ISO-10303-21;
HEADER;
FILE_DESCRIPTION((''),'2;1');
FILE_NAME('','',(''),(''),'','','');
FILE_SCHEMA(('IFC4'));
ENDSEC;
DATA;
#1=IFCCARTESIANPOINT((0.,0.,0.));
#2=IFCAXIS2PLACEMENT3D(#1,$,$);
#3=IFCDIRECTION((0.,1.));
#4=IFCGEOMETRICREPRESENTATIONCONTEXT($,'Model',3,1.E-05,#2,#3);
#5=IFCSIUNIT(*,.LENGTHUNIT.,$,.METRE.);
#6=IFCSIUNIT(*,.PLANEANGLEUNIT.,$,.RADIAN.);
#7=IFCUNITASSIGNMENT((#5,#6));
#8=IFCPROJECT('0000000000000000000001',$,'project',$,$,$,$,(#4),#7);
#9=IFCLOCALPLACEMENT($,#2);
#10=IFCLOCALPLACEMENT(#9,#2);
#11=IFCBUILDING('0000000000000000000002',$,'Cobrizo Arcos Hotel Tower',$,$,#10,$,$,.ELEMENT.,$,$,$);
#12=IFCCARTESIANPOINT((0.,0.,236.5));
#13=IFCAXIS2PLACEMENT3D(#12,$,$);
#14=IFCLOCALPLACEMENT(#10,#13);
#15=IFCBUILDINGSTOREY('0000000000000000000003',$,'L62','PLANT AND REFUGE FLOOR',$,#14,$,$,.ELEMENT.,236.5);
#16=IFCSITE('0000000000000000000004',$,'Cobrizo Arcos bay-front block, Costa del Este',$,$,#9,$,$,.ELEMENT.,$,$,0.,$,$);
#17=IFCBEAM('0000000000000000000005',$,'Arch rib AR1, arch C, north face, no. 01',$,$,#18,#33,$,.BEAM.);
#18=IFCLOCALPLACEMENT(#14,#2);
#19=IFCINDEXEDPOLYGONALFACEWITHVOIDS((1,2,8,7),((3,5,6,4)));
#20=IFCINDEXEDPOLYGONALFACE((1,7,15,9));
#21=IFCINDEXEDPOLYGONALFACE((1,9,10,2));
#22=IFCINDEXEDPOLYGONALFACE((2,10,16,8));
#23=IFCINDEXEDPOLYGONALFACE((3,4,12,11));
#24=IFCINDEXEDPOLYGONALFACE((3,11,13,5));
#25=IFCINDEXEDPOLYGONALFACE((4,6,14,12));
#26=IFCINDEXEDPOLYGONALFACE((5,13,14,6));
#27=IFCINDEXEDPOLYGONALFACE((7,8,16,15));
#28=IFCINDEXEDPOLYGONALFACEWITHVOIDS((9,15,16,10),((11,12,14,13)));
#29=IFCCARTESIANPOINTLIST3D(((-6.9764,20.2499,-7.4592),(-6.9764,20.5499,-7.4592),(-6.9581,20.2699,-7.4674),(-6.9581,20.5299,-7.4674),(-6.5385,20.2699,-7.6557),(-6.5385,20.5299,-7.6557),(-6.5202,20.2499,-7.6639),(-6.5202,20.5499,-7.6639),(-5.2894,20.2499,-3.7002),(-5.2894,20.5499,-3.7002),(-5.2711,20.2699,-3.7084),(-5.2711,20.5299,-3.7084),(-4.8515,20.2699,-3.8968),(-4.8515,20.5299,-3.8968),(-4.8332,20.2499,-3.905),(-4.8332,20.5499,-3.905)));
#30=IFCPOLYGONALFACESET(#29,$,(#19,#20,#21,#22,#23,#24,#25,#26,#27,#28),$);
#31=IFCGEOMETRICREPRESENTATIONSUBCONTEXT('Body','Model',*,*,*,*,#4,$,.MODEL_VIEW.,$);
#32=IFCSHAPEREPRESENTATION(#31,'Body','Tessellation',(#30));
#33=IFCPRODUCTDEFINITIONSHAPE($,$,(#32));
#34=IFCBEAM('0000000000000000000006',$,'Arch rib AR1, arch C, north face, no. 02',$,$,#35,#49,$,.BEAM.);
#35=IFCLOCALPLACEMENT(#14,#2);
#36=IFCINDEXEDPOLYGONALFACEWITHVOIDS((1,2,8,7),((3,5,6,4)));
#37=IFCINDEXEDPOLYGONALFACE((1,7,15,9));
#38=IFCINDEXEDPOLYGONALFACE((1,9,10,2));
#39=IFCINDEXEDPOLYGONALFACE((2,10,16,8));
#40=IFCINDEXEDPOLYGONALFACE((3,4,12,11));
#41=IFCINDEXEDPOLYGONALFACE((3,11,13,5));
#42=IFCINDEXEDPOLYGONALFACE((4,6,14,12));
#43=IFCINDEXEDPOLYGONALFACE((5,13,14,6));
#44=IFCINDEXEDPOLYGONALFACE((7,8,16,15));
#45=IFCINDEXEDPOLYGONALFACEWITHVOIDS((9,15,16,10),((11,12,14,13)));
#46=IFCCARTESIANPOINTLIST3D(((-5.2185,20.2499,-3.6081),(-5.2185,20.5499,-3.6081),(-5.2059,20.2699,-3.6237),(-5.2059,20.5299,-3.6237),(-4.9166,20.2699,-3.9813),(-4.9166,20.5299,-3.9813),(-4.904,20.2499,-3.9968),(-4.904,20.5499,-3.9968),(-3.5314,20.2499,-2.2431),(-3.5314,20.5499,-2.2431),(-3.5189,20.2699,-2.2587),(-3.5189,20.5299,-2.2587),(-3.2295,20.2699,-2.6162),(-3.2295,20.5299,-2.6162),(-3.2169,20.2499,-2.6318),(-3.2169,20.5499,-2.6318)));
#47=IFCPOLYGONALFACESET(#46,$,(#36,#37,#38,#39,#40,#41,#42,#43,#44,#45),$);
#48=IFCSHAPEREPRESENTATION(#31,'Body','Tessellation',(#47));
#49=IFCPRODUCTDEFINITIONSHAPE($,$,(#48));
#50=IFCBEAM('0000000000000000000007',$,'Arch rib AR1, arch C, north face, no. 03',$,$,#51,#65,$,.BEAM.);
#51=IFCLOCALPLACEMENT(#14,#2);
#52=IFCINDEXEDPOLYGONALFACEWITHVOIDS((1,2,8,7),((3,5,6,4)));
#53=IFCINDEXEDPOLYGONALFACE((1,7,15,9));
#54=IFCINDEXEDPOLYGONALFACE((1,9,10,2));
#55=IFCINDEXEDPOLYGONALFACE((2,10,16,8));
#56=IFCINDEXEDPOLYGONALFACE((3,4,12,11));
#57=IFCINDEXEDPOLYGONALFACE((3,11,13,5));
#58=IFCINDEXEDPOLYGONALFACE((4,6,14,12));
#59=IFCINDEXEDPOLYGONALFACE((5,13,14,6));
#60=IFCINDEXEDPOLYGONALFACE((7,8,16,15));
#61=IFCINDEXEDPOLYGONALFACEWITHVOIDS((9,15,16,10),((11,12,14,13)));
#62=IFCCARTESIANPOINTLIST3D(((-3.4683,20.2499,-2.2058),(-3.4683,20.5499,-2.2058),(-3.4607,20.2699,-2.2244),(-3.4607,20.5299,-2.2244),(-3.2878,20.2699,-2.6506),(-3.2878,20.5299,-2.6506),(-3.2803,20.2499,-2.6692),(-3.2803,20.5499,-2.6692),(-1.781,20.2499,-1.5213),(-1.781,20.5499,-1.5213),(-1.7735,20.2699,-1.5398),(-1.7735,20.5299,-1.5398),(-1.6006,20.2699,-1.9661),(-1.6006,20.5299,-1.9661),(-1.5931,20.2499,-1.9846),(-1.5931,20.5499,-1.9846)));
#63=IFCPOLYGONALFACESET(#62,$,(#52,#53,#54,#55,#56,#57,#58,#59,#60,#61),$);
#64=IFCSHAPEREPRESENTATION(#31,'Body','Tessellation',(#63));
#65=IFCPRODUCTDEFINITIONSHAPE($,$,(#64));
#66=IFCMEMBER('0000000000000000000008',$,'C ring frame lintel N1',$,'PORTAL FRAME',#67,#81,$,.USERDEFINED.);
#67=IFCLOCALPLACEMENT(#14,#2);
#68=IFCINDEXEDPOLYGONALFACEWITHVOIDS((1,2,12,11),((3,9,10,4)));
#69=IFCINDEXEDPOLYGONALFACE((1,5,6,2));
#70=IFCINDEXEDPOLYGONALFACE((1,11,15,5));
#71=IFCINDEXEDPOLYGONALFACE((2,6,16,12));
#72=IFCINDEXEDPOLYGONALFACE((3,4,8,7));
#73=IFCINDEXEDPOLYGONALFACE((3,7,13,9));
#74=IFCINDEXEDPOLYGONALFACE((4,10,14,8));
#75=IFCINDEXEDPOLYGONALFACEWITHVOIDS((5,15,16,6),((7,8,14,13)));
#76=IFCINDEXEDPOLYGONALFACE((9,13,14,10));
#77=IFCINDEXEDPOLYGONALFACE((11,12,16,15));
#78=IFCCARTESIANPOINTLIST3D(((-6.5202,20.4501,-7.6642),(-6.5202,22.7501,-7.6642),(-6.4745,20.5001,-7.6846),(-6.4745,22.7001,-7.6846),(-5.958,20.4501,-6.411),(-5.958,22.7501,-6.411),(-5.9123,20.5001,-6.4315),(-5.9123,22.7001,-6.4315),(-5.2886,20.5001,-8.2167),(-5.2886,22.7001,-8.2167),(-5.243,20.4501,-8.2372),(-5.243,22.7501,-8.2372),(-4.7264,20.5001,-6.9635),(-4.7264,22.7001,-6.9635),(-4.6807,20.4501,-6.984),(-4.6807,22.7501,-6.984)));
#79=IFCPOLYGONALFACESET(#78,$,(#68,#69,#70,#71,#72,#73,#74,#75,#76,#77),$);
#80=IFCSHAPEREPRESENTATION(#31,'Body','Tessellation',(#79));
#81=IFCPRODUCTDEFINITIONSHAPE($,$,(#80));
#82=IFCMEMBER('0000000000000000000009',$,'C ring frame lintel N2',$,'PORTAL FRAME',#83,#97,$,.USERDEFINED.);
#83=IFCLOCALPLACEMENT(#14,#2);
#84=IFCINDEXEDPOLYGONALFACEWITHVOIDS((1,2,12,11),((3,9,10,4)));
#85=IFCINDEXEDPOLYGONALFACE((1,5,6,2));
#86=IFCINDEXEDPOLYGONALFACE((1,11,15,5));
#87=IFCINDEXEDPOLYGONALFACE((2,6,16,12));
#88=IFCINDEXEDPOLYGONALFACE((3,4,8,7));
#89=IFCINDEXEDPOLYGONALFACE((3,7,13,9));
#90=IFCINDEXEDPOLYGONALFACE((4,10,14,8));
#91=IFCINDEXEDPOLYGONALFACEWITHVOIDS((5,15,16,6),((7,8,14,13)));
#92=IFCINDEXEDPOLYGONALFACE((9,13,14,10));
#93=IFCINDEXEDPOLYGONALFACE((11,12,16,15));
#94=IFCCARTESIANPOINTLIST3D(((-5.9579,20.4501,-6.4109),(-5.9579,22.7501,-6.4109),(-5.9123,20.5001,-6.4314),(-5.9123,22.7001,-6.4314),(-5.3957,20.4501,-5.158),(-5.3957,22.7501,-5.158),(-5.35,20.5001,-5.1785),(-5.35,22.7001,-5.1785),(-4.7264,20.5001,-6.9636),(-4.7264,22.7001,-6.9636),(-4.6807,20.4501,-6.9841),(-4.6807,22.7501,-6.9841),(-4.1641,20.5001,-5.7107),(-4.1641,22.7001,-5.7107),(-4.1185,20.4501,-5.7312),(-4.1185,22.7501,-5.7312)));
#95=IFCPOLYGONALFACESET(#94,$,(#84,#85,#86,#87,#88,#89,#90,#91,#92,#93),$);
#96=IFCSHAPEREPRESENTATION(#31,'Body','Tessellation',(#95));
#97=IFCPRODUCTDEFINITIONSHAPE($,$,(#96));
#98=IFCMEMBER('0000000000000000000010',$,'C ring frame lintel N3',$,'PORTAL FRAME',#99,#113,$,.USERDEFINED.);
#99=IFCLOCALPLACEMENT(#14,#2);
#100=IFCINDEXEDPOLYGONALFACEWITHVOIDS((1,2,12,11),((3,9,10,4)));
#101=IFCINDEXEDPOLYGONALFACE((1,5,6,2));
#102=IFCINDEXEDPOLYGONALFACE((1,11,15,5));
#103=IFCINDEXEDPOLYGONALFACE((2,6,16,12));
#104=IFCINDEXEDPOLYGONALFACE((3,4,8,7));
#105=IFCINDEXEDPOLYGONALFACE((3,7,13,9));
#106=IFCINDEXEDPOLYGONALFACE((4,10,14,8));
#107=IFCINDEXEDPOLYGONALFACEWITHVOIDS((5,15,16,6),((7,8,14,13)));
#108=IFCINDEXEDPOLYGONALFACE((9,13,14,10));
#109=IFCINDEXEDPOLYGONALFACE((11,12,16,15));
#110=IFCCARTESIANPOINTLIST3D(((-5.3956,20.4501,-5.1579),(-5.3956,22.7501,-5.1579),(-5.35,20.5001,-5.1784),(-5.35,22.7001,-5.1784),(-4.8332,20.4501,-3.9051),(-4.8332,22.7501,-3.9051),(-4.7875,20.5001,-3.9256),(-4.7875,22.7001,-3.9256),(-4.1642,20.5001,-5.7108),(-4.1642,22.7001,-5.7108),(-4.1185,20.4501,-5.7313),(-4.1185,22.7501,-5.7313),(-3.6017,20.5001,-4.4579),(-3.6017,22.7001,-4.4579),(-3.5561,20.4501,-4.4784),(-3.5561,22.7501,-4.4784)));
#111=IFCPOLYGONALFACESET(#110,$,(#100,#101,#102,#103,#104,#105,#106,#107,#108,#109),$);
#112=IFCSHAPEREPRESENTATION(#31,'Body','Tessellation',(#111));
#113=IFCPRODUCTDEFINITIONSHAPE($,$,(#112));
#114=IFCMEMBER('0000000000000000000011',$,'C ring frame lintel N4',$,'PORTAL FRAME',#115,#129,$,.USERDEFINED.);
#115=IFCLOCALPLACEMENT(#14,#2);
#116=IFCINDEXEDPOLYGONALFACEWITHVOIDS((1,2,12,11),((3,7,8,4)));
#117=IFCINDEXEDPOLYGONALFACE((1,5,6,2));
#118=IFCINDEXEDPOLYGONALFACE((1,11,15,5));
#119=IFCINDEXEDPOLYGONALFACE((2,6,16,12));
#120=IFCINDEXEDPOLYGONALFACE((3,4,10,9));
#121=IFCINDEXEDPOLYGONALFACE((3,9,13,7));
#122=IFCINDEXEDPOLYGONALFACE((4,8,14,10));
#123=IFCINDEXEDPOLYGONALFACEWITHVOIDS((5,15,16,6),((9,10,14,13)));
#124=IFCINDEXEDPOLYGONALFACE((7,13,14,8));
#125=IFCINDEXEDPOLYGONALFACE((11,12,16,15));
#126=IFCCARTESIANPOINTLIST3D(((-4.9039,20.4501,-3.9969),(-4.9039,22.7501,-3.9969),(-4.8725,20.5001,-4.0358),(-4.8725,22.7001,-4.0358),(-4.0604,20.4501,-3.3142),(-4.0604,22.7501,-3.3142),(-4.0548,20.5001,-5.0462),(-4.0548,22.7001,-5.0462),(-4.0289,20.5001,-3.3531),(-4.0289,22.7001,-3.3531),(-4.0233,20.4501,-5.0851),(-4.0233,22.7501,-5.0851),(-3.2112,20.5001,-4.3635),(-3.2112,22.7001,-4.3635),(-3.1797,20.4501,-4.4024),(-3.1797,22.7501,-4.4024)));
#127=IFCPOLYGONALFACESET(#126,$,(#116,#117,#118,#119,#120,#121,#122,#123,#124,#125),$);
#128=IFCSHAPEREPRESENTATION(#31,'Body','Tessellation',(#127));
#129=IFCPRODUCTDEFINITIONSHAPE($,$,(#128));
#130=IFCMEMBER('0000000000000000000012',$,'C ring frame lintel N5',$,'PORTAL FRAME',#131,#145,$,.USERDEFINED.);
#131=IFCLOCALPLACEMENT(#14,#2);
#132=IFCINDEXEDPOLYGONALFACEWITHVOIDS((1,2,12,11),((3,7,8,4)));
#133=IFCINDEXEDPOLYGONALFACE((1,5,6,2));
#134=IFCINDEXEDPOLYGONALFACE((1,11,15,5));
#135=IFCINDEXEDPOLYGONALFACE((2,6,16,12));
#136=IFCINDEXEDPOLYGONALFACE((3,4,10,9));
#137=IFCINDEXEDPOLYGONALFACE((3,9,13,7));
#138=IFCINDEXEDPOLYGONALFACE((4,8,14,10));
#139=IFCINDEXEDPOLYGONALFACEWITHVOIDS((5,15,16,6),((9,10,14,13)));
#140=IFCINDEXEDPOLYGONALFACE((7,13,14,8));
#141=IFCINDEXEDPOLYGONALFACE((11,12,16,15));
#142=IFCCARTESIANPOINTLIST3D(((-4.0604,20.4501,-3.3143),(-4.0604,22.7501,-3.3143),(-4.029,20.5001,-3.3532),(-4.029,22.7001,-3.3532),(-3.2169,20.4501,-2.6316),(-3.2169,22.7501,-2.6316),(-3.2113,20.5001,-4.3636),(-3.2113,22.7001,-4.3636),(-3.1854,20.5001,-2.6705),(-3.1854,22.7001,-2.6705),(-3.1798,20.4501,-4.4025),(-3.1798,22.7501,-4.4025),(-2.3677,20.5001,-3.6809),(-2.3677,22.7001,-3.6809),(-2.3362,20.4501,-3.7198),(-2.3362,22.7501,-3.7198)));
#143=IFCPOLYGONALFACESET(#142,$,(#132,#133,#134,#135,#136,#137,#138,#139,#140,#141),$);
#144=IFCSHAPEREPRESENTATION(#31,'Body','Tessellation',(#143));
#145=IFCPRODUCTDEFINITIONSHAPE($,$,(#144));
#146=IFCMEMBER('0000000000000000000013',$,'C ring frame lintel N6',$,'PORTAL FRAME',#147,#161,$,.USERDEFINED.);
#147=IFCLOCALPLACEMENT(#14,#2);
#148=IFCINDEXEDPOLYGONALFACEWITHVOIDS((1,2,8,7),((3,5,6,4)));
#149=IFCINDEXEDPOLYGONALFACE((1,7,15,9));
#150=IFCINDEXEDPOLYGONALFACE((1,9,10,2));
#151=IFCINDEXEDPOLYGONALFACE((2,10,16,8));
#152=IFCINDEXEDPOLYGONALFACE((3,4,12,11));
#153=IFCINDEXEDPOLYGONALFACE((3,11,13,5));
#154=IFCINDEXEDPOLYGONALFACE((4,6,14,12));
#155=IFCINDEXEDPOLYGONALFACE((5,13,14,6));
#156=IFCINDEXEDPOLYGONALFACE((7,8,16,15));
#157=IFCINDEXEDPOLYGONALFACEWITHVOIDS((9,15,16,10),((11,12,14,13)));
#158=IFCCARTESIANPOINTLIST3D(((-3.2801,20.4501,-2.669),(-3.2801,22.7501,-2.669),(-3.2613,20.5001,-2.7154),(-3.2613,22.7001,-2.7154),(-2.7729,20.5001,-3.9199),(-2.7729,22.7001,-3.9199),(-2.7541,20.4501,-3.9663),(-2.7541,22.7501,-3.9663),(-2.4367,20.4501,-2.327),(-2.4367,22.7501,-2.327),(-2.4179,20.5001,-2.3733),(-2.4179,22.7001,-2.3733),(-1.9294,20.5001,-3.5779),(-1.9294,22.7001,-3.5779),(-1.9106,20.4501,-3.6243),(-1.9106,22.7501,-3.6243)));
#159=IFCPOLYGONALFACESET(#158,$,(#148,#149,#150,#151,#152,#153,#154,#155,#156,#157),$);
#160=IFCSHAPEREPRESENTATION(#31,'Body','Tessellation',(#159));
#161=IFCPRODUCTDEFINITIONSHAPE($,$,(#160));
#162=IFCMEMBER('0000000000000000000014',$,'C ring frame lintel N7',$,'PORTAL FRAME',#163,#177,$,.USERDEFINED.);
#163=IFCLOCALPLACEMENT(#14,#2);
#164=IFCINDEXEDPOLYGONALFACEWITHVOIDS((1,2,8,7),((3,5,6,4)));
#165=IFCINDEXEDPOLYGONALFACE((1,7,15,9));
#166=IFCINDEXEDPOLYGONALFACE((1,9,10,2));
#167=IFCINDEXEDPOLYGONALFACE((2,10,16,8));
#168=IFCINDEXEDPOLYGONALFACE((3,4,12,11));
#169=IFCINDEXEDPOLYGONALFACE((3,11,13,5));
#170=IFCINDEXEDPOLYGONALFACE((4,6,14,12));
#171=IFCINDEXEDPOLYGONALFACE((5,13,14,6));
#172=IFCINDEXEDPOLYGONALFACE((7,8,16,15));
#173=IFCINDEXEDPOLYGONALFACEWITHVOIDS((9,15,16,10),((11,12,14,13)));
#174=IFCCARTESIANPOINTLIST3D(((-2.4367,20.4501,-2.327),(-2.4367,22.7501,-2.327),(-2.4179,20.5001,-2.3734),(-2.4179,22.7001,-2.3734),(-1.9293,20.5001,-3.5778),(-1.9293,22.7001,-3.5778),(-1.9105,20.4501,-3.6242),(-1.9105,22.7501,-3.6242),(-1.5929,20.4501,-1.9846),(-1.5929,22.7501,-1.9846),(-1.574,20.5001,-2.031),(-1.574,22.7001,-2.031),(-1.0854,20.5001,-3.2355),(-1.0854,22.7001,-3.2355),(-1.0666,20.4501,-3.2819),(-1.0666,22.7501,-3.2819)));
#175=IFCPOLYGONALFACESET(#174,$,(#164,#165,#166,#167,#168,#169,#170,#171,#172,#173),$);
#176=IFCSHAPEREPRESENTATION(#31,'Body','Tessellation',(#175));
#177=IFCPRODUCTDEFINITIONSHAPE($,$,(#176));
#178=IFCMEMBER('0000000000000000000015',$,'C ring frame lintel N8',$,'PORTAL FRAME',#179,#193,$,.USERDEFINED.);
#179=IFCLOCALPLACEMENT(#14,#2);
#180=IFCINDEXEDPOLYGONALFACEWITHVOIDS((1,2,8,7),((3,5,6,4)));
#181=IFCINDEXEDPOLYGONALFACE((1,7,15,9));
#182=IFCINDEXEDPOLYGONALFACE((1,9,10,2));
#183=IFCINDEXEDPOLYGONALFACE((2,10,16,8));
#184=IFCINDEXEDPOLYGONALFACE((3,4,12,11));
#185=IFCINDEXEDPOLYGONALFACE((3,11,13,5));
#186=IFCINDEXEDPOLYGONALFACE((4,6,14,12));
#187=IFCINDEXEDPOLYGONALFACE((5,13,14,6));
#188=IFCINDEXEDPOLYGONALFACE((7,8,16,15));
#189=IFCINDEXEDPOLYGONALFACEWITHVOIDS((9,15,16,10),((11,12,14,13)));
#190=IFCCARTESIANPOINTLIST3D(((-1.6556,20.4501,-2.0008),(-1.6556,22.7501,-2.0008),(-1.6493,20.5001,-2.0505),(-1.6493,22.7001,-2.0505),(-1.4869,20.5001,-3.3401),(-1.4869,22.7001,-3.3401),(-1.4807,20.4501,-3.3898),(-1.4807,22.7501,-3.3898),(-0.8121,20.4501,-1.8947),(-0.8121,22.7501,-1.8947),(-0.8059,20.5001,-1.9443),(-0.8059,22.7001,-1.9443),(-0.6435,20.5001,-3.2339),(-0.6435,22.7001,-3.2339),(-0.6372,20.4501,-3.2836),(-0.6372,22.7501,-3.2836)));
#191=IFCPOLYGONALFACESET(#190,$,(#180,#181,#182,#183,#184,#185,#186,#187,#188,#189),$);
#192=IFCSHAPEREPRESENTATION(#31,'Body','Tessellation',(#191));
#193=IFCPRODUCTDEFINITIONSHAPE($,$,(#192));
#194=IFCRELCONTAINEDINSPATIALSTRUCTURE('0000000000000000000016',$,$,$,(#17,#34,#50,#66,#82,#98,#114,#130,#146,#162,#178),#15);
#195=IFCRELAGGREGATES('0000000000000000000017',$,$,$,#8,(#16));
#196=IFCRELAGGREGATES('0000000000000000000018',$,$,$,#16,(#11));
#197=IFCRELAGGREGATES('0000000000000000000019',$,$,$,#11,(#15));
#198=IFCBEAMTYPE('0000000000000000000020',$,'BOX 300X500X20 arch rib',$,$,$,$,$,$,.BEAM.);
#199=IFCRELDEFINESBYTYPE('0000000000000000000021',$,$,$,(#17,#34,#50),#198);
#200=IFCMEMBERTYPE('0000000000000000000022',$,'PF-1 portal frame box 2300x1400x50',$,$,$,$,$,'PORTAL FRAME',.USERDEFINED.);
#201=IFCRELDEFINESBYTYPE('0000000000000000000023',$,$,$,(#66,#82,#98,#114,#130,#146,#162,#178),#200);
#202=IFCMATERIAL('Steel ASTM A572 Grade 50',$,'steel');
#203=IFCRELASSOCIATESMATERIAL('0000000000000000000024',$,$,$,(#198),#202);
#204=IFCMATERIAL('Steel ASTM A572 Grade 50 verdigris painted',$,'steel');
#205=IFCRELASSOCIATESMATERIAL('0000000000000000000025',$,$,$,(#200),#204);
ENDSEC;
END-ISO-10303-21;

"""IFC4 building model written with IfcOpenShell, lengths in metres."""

from ifc_helpers import new_model, si_unit, direction, frame, origin, origin_2d, place, context, subcontext, project, spatial, hollow_rectangle, extrude, material, material_profile, profile_set, type_object, element, save


model = new_model("IFC4")

# Units and contexts
model_context = context("Model", 3, precision=1e-05, world=origin(), true_north=direction((0.0, 1.0)))
body_context = subcontext(model_context, "Body", "Model", "MODEL_VIEW")
ifc_project = project(units=[si_unit("LENGTHUNIT", "METRE"), si_unit("PLANEANGLEUNIT", "RADIAN")], contexts=[model_context])

# Site, building, storey
site_placement = place(None, origin())
site = spatial("IfcSite", under=ifc_project, at=site_placement, Name="Cobrizo Arcos bay-front block, Costa del Este", CompositionType="ELEMENT", RefElevation=0.0)
building_placement = place(site_placement, origin())
building = spatial("IfcBuilding", under=site, at=building_placement, Name="Cobrizo Arcos Hotel Tower", CompositionType="ELEMENT")
storey_placement = place(building_placement, frame((0.0, 0.0, 236.5)))
storey = spatial("IfcBuildingStorey", under=building, at=storey_placement, Name="L62", Description="PLANT AND REFUGE FLOOR", CompositionType="ELEMENT", Elevation=236.5)

# Beams
ifc_material_1 = material(Name="Steel ASTM A572 Grade 50", Category="steel")
ifc_material_profile_1 = material_profile(ifc_material_1, hollow_rectangle(XDim=0.3, YDim=0.5, WallThickness=0.02, at=origin_2d()), Name="BOX 300X500X20")
ifc_profile_set_1 = profile_set([ifc_material_profile_1], Name="Steel ASTM A572 Grade 50")
beam_type = type_object("IfcBeamType", Name="BOX 300X500X20 arch rib", PredefinedType="BEAM", material=ifc_profile_set_1)
beam_1_placement = place(storey_placement, frame((-6.7483, 20.3999, -7.5615), z_axis=(0.409445, 0.0, 0.912335), x_axis=(0.0, 1.0, 0.0)))
element("IfcBeam", 1, at=beam_1_placement, inside=storey, type_object=beam_type, Name="Arch rib AR1, arch C, north face, no. 01", PredefinedType="BEAM", context=body_context, shape_type="SweptSolid", body=[
    extrude(hollow_rectangle(XDim=0.3, YDim=0.5, WallThickness=0.02, at=origin_2d()), origin(), (0.0, 0.0, 1.0), 4.1201),
])
beam_2_placement = place(storey_placement, frame((-5.0613, 20.3999, -3.8025), z_axis=(0.777399, 0.0, 0.629007), x_axis=(0.0, 1.0, 0.0)))
element("IfcBeam", 2, at=beam_2_placement, inside=storey, type_object=beam_type, Name="Arch rib AR1, arch C, north face, no. 02", PredefinedType="BEAM", context=body_context, shape_type="SweptSolid", body=[
    extrude(hollow_rectangle(XDim=0.3, YDim=0.5, WallThickness=0.02, at=origin_2d()), origin(), (0.0, 0.0, 1.0), 2.1702),
])
beam_3_placement = place(storey_placement, frame((-3.3743, 20.3999, -2.4375), z_axis=(0.926635, 0.0, 0.375963), x_axis=(0.0, 1.0, 0.0)))
element("IfcBeam", 3, at=beam_3_placement, inside=storey, type_object=beam_type, Name="Arch rib AR1, arch C, north face, no. 03", PredefinedType="BEAM", context=body_context, shape_type="SweptSolid", body=[
    extrude(hollow_rectangle(XDim=0.3, YDim=0.5, WallThickness=0.02, at=origin_2d()), origin(), (0.0, 0.0, 1.0), 1.8208),
])

# Members
ifc_material_2 = material(Name="Steel ASTM A572 Grade 50 verdigris painted", Category="steel")
ifc_material_profile_2 = material_profile(ifc_material_2, hollow_rectangle(XDim=2.3, YDim=1.3999, WallThickness=0.05, at=origin_2d()), Name="PF-1 portal frame box 2300x1400x50")
ifc_profile_set_2 = profile_set([ifc_material_profile_2], Name="Steel ASTM A572 Grade 50 verdigris painted")
member_type_1 = type_object("IfcMemberType", Name="PF-1 portal frame box 2300x1400x50", ElementType="PORTAL FRAME", PredefinedType="USERDEFINED", material=ifc_profile_set_2)
member_1_placement = place(storey_placement, frame((-5.8816, 21.6001, -7.9507), z_axis=(0.409352, 0.0, 0.912377), x_axis=(0.0, 1.0, 0.0)))
element("IfcMember", 4, at=member_1_placement, inside=storey, type_object=member_type_1, Name="C ring frame lintel N1", ObjectType="PORTAL FRAME", PredefinedType="USERDEFINED", context=body_context, shape_type="SweptSolid", body=[
    extrude(hollow_rectangle(XDim=2.3, YDim=1.3999, WallThickness=0.05, at=origin_2d()), origin(), (0.0, 0.0, 1.0), 1.3735),
])
for number, where, z_axis, x_axis, name in (
    (5, (-5.3193, 21.6001, -6.6975), (0.409418, 0.0, 0.912347), (0.0, 1.0, 0.0), "C ring frame lintel N2"),
    (6, (-4.7571, 21.6001, -5.4446), (0.409566, 0.0, 0.91228), (0.0, 1.0, 0.0), "C ring frame lintel N3"),
):
    element("IfcMember", number, at=place(storey_placement, frame(where, z_axis=z_axis, x_axis=x_axis)), inside=storey, type_object=member_type_1, Name=name, ObjectType="PORTAL FRAME", PredefinedType="USERDEFINED", context=body_context, shape_type="SweptSolid", body=[
        extrude(hollow_rectangle(XDim=2.3, YDim=1.3999, WallThickness=0.05, at=origin_2d()), origin(), (0.0, 0.0, 1.0), 1.3733),
    ])
for number, where, z_axis, x_axis, name in (
    (7, (-4.4636, 21.6001, -4.541), (0.777344, 0.0, 0.629075), (0.0, 1.0, 0.0), "C ring frame lintel N4"),
    (8, (-3.6201, 21.6001, -3.8584), (0.777344, 0.0, 0.629075), (0.0, 1.0, 0.0), "C ring frame lintel N5"),
):
    element("IfcMember", number, at=place(storey_placement, frame(where, z_axis=z_axis, x_axis=x_axis)), inside=storey, type_object=member_type_1, Name=name, ObjectType="PORTAL FRAME", PredefinedType="USERDEFINED", context=body_context, shape_type="SweptSolid", body=[
        extrude(hollow_rectangle(XDim=2.3, YDim=1.3999, WallThickness=0.05, at=origin_2d()), origin(), (0.0, 0.0, 1.0), 1.0852),
    ])
member_2_placement = place(storey_placement, frame((-3.0171, 21.6001, -3.3176), z_axis=(0.926709, 0.0, 0.37578), x_axis=(0.0, 1.0, 0.0)))
element("IfcMember", 9, at=member_2_placement, inside=storey, type_object=member_type_1, Name="C ring frame lintel N6", ObjectType="PORTAL FRAME", PredefinedType="USERDEFINED", context=body_context, shape_type="SweptSolid", body=[
    extrude(hollow_rectangle(XDim=2.3, YDim=1.3999, WallThickness=0.05, at=origin_2d()), origin(), (0.0, 0.0, 1.0), 0.9102),
])
member_3_placement = place(storey_placement, frame((-2.1736, 21.6001, -2.9756), z_axis=(0.926653, 0.0, 0.375917), x_axis=(0.0, 1.0, 0.0)))
element("IfcMember", 10, at=member_3_placement, inside=storey, type_object=member_type_1, Name="C ring frame lintel N7", ObjectType="PORTAL FRAME", PredefinedType="USERDEFINED", context=body_context, shape_type="SweptSolid", body=[
    extrude(hollow_rectangle(XDim=2.3, YDim=1.3999, WallThickness=0.05, at=origin_2d()), origin(), (0.0, 0.0, 1.0), 0.9106),
])
member_4_placement = place(storey_placement, frame((-1.5681, 21.6001, -2.6953), z_axis=(0.992167, 0.0, 0.124918), x_axis=(0.0, 1.0, 0.0)))
element("IfcMember", 11, at=member_4_placement, inside=storey, type_object=member_type_1, Name="C ring frame lintel N8", ObjectType="PORTAL FRAME", PredefinedType="USERDEFINED", context=body_context, shape_type="SweptSolid", body=[
    extrude(hollow_rectangle(XDim=2.3, YDim=1.3999, WallThickness=0.05, at=origin_2d()), origin(), (0.0, 0.0, 1.0), 0.8501),
])

save(model, "model.ifc")
